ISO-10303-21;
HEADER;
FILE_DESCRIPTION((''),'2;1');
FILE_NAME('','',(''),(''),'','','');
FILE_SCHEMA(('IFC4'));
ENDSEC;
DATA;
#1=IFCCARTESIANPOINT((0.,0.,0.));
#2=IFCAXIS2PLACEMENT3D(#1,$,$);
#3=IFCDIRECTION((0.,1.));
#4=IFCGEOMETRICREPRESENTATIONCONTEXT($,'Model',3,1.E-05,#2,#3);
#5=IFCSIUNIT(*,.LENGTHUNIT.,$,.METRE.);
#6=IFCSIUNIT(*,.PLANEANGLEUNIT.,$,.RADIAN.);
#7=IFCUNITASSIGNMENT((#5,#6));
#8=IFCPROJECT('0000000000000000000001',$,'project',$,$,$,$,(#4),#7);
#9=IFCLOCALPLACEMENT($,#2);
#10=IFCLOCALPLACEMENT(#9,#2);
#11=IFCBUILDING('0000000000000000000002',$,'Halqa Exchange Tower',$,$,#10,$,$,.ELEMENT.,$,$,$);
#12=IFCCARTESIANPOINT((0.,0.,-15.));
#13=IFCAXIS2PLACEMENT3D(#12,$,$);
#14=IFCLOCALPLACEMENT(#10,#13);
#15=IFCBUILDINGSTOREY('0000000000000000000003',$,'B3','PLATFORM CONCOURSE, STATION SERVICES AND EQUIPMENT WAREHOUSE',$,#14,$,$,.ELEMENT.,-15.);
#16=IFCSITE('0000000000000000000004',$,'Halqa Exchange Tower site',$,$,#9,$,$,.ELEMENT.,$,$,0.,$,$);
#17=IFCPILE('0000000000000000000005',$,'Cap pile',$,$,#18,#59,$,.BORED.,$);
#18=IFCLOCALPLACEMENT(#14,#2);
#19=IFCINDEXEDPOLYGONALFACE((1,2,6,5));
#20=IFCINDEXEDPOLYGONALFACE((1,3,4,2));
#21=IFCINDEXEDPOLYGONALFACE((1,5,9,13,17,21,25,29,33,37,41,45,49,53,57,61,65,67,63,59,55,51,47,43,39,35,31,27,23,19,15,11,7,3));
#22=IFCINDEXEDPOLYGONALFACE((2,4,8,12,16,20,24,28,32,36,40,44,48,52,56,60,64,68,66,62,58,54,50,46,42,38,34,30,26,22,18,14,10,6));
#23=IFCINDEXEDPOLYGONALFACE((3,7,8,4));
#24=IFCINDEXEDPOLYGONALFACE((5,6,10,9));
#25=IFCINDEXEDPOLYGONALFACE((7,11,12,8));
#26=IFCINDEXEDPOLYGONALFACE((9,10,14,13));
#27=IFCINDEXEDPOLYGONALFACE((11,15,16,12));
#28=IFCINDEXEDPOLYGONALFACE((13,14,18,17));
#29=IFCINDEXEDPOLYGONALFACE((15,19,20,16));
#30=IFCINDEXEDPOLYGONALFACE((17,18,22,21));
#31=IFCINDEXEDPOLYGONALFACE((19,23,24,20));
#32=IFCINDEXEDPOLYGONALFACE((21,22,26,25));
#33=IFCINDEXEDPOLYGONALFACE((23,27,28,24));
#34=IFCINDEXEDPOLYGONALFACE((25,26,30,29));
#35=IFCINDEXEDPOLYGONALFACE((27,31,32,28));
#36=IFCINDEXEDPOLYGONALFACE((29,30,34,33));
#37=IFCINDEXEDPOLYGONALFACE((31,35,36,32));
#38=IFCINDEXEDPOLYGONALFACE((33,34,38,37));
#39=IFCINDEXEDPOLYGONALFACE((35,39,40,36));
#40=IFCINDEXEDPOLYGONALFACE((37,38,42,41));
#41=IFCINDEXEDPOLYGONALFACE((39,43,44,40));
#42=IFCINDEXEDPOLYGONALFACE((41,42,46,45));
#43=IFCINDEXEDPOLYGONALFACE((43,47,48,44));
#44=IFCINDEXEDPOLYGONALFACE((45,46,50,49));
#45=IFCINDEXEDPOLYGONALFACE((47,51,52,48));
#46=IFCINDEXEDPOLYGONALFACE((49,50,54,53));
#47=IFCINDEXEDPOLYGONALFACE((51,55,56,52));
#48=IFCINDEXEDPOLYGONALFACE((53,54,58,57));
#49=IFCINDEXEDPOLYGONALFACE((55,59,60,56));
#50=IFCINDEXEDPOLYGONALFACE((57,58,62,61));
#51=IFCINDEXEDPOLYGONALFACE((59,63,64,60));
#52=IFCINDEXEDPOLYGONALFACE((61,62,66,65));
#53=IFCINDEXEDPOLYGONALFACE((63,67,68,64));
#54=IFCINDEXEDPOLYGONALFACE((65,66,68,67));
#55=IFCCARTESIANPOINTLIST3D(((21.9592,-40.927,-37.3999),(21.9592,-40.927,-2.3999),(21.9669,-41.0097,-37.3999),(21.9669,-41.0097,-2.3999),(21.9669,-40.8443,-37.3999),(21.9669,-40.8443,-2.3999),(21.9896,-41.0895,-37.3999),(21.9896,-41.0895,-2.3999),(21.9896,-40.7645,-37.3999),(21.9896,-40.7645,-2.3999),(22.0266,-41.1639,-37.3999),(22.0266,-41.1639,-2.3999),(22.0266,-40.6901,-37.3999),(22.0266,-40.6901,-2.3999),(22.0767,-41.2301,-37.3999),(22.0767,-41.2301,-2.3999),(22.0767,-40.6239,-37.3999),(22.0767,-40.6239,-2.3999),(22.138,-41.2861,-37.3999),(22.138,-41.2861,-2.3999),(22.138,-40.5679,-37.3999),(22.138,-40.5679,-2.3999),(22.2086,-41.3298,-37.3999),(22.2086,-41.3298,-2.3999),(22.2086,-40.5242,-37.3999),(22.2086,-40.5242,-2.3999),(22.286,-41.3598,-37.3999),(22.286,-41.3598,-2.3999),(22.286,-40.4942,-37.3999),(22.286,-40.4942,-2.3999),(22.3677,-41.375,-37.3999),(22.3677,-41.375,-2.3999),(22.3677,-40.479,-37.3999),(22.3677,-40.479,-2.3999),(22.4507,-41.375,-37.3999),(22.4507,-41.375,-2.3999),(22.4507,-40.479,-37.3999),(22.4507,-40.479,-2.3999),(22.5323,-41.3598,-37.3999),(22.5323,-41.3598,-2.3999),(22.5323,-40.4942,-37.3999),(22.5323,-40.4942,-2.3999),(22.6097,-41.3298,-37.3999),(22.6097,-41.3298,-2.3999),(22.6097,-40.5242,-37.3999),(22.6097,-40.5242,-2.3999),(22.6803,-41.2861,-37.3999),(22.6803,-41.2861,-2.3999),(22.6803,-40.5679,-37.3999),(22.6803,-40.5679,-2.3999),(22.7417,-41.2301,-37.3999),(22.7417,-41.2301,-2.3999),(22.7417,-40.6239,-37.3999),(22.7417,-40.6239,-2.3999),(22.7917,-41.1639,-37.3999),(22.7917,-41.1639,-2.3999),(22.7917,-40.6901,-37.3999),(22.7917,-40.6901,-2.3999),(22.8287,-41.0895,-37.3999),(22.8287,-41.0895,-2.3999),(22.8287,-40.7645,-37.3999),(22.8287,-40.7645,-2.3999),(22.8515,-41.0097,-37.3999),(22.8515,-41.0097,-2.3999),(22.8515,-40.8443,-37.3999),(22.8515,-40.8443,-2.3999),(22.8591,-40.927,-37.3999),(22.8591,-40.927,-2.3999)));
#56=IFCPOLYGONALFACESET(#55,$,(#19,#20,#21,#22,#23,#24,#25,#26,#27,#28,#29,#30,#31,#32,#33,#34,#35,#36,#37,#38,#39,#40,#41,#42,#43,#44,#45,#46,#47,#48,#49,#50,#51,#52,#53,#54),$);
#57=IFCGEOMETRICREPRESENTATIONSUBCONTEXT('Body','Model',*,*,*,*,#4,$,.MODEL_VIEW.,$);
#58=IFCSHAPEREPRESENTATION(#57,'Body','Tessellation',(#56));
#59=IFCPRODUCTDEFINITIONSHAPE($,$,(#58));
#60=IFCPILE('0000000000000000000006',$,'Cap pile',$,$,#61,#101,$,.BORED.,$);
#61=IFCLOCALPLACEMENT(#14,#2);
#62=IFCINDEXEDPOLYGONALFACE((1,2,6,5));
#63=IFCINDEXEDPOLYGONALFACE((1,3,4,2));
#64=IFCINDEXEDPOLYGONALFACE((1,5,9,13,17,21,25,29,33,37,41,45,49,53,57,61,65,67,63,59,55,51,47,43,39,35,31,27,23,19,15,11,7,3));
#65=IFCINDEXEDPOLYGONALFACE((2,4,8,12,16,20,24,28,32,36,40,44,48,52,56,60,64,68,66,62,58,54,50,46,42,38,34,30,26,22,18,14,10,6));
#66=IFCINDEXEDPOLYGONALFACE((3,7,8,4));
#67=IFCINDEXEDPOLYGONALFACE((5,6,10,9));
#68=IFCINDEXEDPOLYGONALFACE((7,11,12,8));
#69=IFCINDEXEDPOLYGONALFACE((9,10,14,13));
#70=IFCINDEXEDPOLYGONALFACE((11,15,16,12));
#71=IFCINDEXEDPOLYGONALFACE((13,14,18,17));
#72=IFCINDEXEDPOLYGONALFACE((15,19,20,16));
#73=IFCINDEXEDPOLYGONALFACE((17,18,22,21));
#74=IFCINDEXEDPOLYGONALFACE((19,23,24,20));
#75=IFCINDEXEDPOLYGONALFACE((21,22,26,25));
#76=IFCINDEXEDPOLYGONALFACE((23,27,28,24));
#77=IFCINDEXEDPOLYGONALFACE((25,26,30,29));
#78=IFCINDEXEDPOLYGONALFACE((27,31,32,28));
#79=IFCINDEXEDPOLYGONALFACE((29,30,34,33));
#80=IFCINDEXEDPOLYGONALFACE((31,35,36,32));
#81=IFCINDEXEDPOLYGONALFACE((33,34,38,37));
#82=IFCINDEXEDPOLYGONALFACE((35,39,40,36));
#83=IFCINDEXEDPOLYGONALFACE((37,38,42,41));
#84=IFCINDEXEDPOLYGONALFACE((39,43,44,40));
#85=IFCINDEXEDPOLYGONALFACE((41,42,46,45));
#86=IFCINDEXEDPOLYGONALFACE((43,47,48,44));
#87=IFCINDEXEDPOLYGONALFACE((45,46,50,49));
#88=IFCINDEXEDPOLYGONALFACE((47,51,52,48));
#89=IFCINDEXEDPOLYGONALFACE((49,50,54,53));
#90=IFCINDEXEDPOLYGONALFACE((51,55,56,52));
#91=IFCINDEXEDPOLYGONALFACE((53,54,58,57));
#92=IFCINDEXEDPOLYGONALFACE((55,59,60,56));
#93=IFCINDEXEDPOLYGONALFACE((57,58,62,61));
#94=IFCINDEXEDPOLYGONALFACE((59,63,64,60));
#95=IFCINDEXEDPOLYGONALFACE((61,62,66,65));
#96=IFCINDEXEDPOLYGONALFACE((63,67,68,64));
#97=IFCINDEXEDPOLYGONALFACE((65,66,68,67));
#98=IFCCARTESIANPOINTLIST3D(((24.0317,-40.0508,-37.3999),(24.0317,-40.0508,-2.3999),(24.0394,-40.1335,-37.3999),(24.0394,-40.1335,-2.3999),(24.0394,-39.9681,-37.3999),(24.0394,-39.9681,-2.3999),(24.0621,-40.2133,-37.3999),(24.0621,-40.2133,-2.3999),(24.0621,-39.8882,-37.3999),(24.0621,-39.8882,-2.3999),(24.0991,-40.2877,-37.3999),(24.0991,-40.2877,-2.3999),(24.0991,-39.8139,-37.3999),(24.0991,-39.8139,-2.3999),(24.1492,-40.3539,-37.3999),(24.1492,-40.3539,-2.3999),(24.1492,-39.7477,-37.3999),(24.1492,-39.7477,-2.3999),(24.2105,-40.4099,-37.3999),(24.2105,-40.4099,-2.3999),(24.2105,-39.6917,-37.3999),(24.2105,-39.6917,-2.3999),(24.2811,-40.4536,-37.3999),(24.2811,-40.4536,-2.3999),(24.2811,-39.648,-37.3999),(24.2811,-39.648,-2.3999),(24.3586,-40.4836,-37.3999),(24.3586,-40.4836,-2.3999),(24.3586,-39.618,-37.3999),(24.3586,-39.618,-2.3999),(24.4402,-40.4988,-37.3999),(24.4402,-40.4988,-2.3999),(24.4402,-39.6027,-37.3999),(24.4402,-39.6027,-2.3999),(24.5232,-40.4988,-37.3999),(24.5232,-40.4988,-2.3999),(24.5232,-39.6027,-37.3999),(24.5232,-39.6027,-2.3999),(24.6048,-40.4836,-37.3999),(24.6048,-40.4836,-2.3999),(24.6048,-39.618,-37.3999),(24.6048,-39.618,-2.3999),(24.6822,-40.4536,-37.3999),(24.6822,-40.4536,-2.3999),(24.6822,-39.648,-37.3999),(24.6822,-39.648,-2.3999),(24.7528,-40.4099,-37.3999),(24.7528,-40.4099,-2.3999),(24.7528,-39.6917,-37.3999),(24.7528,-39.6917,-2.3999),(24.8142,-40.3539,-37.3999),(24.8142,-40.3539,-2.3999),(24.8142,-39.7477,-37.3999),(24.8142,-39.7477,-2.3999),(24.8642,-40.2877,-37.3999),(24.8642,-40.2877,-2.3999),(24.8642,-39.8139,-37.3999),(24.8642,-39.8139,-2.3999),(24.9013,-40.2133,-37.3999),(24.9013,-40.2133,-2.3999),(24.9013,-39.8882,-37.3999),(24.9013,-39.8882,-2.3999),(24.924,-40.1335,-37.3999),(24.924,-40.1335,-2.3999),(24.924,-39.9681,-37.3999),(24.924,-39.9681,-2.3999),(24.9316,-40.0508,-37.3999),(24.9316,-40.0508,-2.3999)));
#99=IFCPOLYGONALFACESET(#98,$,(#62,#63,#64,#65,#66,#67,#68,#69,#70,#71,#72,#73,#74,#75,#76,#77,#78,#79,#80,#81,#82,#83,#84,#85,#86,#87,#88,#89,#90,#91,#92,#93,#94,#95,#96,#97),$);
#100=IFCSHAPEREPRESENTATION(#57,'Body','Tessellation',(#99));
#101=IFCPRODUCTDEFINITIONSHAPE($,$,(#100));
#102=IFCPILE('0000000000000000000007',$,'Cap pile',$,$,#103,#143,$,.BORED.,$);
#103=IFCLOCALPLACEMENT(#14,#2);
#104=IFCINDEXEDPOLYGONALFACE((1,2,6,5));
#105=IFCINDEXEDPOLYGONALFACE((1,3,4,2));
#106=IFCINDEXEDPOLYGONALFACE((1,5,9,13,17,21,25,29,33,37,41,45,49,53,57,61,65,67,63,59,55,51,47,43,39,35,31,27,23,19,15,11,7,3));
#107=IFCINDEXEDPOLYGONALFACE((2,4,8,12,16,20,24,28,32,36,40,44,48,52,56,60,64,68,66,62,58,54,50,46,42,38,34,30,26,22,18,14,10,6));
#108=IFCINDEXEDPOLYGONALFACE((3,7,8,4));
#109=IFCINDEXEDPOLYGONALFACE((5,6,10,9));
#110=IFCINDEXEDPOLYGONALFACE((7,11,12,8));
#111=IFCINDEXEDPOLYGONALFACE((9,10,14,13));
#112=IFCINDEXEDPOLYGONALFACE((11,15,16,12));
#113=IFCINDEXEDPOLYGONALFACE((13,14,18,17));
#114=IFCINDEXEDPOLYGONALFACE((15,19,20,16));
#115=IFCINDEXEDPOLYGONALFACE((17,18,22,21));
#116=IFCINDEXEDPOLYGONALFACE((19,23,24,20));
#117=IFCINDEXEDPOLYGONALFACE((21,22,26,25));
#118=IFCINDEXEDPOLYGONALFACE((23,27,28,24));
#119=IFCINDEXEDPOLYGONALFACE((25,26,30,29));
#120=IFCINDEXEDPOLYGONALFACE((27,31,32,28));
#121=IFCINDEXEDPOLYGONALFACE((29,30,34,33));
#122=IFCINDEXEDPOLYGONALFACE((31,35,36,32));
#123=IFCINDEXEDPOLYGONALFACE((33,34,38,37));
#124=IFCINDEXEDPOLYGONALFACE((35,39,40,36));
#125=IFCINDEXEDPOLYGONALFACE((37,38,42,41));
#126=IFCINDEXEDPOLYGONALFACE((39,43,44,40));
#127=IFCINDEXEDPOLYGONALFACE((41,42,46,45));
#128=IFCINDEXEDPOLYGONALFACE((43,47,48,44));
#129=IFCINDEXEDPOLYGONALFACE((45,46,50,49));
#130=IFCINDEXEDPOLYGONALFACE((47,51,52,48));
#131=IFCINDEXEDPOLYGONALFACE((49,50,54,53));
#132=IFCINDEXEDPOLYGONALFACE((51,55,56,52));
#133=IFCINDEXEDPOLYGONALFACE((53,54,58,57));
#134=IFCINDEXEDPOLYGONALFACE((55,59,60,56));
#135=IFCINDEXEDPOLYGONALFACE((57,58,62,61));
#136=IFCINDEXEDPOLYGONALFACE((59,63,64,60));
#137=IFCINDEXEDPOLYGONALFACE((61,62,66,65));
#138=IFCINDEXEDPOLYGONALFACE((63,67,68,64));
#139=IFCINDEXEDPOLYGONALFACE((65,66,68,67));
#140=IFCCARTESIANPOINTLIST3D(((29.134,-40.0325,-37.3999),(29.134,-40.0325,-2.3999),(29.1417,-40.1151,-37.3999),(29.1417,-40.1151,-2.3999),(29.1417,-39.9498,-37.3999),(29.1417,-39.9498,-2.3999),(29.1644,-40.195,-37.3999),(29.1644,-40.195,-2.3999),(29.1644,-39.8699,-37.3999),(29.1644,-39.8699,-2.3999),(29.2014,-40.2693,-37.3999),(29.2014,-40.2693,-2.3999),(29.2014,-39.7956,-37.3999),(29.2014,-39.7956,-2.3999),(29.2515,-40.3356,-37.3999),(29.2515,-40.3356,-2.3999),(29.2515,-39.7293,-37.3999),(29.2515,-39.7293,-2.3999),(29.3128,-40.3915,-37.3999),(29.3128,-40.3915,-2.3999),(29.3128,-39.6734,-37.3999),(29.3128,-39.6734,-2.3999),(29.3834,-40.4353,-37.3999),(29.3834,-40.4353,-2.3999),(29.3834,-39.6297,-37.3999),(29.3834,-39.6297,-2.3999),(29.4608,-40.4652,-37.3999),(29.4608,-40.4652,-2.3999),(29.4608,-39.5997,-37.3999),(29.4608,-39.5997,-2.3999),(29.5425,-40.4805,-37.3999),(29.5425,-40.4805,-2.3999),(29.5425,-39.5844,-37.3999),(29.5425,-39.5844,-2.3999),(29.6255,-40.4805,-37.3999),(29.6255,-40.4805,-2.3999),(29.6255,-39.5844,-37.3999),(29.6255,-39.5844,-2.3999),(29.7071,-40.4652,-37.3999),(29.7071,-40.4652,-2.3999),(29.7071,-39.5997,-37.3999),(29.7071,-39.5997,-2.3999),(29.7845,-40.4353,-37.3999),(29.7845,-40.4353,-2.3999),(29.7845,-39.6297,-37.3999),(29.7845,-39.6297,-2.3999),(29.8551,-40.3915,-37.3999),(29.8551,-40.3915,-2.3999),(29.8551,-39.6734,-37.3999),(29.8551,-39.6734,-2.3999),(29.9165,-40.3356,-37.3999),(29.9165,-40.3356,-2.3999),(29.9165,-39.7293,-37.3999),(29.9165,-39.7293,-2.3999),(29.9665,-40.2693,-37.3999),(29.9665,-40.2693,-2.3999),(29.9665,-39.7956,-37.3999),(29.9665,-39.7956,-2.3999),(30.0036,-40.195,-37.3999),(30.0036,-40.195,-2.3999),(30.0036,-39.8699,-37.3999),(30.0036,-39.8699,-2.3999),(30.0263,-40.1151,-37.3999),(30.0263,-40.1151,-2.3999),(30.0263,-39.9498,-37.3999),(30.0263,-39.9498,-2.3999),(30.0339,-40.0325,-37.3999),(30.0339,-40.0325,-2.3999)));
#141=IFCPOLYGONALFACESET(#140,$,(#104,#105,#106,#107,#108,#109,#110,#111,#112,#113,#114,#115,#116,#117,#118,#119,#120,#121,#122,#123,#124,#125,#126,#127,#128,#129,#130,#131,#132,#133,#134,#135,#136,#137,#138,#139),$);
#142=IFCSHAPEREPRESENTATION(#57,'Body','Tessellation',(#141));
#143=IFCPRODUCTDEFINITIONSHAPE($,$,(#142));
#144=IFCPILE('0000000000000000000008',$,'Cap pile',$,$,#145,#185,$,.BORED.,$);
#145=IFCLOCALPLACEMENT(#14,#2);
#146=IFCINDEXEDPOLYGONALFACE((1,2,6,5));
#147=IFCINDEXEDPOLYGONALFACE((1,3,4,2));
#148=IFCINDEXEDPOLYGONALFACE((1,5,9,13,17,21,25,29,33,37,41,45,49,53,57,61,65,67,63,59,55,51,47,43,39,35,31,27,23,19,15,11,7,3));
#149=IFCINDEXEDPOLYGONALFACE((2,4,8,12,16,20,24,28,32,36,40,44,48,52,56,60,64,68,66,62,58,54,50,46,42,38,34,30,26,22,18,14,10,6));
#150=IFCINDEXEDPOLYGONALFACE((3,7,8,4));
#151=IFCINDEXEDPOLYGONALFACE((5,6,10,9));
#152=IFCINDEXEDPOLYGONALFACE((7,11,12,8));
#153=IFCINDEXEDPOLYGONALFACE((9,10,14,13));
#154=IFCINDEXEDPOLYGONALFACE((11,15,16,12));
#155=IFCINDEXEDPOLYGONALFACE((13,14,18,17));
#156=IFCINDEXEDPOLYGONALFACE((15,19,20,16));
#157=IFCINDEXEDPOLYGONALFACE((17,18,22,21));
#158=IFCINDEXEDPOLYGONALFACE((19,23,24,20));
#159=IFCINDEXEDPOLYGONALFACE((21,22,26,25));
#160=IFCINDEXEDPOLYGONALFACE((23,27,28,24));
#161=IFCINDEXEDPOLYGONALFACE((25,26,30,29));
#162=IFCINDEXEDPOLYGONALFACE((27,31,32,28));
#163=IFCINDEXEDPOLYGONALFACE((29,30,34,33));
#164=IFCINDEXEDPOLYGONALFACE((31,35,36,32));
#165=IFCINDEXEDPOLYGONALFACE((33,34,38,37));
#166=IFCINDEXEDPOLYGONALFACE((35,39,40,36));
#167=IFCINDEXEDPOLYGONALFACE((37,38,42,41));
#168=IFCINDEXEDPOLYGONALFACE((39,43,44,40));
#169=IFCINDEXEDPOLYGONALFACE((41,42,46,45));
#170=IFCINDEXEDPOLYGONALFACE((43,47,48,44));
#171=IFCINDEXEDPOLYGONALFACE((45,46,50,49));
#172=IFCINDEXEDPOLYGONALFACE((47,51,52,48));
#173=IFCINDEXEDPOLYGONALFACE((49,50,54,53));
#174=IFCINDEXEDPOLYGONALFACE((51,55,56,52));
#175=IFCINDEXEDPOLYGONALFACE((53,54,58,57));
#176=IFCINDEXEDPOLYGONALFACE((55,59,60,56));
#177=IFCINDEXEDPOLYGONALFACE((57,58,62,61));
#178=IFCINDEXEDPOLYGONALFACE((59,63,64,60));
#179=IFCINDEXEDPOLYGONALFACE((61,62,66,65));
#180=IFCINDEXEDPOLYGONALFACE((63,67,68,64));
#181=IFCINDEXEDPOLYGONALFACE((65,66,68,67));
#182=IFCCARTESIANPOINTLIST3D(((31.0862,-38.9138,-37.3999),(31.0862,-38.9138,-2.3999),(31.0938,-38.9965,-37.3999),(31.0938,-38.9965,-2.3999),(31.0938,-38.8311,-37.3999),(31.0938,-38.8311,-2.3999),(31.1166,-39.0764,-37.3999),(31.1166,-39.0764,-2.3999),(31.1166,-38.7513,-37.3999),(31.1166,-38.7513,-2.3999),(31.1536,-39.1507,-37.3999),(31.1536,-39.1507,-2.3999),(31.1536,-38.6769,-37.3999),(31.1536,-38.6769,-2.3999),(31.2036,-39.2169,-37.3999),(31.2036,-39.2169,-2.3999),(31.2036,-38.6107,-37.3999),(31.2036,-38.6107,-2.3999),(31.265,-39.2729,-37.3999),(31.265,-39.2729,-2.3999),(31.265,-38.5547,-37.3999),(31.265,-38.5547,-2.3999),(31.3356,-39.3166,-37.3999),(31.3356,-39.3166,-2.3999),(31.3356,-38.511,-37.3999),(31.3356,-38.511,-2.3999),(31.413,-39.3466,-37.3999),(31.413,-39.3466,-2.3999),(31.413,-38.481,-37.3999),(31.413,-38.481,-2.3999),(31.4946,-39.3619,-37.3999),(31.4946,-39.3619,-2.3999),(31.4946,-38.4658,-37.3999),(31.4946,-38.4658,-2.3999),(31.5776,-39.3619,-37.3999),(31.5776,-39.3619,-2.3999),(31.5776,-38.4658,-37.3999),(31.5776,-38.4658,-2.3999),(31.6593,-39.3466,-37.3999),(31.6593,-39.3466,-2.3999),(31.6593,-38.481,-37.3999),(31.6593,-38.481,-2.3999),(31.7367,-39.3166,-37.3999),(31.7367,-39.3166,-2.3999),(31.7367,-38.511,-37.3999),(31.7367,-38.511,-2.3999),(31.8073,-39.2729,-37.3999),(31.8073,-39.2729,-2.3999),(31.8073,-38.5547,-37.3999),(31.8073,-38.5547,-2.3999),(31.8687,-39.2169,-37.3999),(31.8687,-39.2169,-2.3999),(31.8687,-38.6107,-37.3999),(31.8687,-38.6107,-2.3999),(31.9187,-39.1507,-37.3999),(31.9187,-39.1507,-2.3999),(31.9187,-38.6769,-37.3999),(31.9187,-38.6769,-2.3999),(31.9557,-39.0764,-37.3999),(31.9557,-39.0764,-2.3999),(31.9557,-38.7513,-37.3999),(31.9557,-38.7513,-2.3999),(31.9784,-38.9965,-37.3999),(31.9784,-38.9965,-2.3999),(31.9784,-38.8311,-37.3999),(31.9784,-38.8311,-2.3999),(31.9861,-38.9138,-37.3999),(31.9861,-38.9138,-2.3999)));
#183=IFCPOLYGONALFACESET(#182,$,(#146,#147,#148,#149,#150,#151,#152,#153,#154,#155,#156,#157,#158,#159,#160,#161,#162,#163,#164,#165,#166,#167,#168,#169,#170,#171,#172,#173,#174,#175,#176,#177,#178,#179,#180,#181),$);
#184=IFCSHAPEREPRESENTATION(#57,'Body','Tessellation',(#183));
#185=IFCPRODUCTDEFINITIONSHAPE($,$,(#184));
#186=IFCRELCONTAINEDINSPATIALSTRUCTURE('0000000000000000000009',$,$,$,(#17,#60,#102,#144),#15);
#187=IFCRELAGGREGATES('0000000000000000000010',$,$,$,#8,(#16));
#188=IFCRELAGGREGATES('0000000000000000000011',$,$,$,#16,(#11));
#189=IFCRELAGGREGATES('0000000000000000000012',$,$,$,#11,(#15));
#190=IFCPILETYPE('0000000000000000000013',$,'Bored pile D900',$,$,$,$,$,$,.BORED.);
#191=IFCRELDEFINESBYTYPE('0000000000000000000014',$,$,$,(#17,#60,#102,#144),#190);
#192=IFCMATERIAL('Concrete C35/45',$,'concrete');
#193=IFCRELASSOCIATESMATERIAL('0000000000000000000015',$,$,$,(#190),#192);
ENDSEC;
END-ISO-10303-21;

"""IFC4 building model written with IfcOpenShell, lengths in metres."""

from ifc_helpers import new_model, si_unit, direction, frame, origin, origin_2d, place, context, subcontext, project, spatial, circle, extrude, material, material_profile, profile_set, type_object, element, save


model = new_model("IFC4")

# Units and contexts
model_context = context("Model", 3, precision=1e-05, world=origin(), true_north=direction((0.0, 1.0)))
body_context = subcontext(model_context, "Body", "Model", "MODEL_VIEW")
ifc_project = project(units=[si_unit("LENGTHUNIT", "METRE"), si_unit("PLANEANGLEUNIT", "RADIAN")], contexts=[model_context])

# Site, building, storey
site_placement = place(None, origin())
site = spatial("IfcSite", under=ifc_project, at=site_placement, Name="Halqa Exchange Tower site", CompositionType="ELEMENT", RefElevation=0.0)
building_placement = place(site_placement, origin())
building = spatial("IfcBuilding", under=site, at=building_placement, Name="Halqa Exchange Tower", CompositionType="ELEMENT")
storey_placement = place(building_placement, frame((0.0, 0.0, -15.0)))
storey = spatial("IfcBuildingStorey", under=building, at=storey_placement, Name="B3", Description="PLATFORM CONCOURSE, STATION SERVICES AND EQUIPMENT WAREHOUSE", CompositionType="ELEMENT", Elevation=-15.0)

# Piles
ifc_material_1 = material(Name="Concrete C35/45", Category="concrete")
ifc_material_profile_1 = material_profile(ifc_material_1, circle(Radius=0.45, at=origin_2d()), Name="D900")
ifc_profile_set_1 = profile_set([ifc_material_profile_1], Name="Concrete C35/45")
pile_type_1 = type_object("IfcPileType", Name="Bored pile D900", PredefinedType="BORED", material=ifc_profile_set_1)
for number, where, z_axis, x_axis, name in (
    (1, (22.4092, -40.927, -2.3999), (0.0, 0.0, -1.0), (1.0, 0.0, 0.0), "Cap pile"),
    (2, (24.4817, -40.0508, -2.3999), (0.0, 0.0, -1.0), (1.0, 0.0, 0.0), "Cap pile"),
    (3, (29.584, -40.0325, -2.3999), (0.0, 0.0, -1.0), (1.0, 0.0, 0.0), "Cap pile"),
    (4, (31.5361, -38.9138, -2.3999), (0.0, 0.0, -1.0), (1.0, 0.0, 0.0), "Cap pile"),
):
    element("IfcPile", number, at=place(storey_placement, frame(where, z_axis=z_axis, x_axis=x_axis)), inside=storey, type_object=pile_type_1, Name=name, PredefinedType="BORED", context=body_context, shape_type="SweptSolid", body=[
        extrude(circle(Radius=0.45, at=origin_2d()), origin(), (0.0, 0.0, 1.0), 35.0),
    ])

save(model, "model.ifc")
